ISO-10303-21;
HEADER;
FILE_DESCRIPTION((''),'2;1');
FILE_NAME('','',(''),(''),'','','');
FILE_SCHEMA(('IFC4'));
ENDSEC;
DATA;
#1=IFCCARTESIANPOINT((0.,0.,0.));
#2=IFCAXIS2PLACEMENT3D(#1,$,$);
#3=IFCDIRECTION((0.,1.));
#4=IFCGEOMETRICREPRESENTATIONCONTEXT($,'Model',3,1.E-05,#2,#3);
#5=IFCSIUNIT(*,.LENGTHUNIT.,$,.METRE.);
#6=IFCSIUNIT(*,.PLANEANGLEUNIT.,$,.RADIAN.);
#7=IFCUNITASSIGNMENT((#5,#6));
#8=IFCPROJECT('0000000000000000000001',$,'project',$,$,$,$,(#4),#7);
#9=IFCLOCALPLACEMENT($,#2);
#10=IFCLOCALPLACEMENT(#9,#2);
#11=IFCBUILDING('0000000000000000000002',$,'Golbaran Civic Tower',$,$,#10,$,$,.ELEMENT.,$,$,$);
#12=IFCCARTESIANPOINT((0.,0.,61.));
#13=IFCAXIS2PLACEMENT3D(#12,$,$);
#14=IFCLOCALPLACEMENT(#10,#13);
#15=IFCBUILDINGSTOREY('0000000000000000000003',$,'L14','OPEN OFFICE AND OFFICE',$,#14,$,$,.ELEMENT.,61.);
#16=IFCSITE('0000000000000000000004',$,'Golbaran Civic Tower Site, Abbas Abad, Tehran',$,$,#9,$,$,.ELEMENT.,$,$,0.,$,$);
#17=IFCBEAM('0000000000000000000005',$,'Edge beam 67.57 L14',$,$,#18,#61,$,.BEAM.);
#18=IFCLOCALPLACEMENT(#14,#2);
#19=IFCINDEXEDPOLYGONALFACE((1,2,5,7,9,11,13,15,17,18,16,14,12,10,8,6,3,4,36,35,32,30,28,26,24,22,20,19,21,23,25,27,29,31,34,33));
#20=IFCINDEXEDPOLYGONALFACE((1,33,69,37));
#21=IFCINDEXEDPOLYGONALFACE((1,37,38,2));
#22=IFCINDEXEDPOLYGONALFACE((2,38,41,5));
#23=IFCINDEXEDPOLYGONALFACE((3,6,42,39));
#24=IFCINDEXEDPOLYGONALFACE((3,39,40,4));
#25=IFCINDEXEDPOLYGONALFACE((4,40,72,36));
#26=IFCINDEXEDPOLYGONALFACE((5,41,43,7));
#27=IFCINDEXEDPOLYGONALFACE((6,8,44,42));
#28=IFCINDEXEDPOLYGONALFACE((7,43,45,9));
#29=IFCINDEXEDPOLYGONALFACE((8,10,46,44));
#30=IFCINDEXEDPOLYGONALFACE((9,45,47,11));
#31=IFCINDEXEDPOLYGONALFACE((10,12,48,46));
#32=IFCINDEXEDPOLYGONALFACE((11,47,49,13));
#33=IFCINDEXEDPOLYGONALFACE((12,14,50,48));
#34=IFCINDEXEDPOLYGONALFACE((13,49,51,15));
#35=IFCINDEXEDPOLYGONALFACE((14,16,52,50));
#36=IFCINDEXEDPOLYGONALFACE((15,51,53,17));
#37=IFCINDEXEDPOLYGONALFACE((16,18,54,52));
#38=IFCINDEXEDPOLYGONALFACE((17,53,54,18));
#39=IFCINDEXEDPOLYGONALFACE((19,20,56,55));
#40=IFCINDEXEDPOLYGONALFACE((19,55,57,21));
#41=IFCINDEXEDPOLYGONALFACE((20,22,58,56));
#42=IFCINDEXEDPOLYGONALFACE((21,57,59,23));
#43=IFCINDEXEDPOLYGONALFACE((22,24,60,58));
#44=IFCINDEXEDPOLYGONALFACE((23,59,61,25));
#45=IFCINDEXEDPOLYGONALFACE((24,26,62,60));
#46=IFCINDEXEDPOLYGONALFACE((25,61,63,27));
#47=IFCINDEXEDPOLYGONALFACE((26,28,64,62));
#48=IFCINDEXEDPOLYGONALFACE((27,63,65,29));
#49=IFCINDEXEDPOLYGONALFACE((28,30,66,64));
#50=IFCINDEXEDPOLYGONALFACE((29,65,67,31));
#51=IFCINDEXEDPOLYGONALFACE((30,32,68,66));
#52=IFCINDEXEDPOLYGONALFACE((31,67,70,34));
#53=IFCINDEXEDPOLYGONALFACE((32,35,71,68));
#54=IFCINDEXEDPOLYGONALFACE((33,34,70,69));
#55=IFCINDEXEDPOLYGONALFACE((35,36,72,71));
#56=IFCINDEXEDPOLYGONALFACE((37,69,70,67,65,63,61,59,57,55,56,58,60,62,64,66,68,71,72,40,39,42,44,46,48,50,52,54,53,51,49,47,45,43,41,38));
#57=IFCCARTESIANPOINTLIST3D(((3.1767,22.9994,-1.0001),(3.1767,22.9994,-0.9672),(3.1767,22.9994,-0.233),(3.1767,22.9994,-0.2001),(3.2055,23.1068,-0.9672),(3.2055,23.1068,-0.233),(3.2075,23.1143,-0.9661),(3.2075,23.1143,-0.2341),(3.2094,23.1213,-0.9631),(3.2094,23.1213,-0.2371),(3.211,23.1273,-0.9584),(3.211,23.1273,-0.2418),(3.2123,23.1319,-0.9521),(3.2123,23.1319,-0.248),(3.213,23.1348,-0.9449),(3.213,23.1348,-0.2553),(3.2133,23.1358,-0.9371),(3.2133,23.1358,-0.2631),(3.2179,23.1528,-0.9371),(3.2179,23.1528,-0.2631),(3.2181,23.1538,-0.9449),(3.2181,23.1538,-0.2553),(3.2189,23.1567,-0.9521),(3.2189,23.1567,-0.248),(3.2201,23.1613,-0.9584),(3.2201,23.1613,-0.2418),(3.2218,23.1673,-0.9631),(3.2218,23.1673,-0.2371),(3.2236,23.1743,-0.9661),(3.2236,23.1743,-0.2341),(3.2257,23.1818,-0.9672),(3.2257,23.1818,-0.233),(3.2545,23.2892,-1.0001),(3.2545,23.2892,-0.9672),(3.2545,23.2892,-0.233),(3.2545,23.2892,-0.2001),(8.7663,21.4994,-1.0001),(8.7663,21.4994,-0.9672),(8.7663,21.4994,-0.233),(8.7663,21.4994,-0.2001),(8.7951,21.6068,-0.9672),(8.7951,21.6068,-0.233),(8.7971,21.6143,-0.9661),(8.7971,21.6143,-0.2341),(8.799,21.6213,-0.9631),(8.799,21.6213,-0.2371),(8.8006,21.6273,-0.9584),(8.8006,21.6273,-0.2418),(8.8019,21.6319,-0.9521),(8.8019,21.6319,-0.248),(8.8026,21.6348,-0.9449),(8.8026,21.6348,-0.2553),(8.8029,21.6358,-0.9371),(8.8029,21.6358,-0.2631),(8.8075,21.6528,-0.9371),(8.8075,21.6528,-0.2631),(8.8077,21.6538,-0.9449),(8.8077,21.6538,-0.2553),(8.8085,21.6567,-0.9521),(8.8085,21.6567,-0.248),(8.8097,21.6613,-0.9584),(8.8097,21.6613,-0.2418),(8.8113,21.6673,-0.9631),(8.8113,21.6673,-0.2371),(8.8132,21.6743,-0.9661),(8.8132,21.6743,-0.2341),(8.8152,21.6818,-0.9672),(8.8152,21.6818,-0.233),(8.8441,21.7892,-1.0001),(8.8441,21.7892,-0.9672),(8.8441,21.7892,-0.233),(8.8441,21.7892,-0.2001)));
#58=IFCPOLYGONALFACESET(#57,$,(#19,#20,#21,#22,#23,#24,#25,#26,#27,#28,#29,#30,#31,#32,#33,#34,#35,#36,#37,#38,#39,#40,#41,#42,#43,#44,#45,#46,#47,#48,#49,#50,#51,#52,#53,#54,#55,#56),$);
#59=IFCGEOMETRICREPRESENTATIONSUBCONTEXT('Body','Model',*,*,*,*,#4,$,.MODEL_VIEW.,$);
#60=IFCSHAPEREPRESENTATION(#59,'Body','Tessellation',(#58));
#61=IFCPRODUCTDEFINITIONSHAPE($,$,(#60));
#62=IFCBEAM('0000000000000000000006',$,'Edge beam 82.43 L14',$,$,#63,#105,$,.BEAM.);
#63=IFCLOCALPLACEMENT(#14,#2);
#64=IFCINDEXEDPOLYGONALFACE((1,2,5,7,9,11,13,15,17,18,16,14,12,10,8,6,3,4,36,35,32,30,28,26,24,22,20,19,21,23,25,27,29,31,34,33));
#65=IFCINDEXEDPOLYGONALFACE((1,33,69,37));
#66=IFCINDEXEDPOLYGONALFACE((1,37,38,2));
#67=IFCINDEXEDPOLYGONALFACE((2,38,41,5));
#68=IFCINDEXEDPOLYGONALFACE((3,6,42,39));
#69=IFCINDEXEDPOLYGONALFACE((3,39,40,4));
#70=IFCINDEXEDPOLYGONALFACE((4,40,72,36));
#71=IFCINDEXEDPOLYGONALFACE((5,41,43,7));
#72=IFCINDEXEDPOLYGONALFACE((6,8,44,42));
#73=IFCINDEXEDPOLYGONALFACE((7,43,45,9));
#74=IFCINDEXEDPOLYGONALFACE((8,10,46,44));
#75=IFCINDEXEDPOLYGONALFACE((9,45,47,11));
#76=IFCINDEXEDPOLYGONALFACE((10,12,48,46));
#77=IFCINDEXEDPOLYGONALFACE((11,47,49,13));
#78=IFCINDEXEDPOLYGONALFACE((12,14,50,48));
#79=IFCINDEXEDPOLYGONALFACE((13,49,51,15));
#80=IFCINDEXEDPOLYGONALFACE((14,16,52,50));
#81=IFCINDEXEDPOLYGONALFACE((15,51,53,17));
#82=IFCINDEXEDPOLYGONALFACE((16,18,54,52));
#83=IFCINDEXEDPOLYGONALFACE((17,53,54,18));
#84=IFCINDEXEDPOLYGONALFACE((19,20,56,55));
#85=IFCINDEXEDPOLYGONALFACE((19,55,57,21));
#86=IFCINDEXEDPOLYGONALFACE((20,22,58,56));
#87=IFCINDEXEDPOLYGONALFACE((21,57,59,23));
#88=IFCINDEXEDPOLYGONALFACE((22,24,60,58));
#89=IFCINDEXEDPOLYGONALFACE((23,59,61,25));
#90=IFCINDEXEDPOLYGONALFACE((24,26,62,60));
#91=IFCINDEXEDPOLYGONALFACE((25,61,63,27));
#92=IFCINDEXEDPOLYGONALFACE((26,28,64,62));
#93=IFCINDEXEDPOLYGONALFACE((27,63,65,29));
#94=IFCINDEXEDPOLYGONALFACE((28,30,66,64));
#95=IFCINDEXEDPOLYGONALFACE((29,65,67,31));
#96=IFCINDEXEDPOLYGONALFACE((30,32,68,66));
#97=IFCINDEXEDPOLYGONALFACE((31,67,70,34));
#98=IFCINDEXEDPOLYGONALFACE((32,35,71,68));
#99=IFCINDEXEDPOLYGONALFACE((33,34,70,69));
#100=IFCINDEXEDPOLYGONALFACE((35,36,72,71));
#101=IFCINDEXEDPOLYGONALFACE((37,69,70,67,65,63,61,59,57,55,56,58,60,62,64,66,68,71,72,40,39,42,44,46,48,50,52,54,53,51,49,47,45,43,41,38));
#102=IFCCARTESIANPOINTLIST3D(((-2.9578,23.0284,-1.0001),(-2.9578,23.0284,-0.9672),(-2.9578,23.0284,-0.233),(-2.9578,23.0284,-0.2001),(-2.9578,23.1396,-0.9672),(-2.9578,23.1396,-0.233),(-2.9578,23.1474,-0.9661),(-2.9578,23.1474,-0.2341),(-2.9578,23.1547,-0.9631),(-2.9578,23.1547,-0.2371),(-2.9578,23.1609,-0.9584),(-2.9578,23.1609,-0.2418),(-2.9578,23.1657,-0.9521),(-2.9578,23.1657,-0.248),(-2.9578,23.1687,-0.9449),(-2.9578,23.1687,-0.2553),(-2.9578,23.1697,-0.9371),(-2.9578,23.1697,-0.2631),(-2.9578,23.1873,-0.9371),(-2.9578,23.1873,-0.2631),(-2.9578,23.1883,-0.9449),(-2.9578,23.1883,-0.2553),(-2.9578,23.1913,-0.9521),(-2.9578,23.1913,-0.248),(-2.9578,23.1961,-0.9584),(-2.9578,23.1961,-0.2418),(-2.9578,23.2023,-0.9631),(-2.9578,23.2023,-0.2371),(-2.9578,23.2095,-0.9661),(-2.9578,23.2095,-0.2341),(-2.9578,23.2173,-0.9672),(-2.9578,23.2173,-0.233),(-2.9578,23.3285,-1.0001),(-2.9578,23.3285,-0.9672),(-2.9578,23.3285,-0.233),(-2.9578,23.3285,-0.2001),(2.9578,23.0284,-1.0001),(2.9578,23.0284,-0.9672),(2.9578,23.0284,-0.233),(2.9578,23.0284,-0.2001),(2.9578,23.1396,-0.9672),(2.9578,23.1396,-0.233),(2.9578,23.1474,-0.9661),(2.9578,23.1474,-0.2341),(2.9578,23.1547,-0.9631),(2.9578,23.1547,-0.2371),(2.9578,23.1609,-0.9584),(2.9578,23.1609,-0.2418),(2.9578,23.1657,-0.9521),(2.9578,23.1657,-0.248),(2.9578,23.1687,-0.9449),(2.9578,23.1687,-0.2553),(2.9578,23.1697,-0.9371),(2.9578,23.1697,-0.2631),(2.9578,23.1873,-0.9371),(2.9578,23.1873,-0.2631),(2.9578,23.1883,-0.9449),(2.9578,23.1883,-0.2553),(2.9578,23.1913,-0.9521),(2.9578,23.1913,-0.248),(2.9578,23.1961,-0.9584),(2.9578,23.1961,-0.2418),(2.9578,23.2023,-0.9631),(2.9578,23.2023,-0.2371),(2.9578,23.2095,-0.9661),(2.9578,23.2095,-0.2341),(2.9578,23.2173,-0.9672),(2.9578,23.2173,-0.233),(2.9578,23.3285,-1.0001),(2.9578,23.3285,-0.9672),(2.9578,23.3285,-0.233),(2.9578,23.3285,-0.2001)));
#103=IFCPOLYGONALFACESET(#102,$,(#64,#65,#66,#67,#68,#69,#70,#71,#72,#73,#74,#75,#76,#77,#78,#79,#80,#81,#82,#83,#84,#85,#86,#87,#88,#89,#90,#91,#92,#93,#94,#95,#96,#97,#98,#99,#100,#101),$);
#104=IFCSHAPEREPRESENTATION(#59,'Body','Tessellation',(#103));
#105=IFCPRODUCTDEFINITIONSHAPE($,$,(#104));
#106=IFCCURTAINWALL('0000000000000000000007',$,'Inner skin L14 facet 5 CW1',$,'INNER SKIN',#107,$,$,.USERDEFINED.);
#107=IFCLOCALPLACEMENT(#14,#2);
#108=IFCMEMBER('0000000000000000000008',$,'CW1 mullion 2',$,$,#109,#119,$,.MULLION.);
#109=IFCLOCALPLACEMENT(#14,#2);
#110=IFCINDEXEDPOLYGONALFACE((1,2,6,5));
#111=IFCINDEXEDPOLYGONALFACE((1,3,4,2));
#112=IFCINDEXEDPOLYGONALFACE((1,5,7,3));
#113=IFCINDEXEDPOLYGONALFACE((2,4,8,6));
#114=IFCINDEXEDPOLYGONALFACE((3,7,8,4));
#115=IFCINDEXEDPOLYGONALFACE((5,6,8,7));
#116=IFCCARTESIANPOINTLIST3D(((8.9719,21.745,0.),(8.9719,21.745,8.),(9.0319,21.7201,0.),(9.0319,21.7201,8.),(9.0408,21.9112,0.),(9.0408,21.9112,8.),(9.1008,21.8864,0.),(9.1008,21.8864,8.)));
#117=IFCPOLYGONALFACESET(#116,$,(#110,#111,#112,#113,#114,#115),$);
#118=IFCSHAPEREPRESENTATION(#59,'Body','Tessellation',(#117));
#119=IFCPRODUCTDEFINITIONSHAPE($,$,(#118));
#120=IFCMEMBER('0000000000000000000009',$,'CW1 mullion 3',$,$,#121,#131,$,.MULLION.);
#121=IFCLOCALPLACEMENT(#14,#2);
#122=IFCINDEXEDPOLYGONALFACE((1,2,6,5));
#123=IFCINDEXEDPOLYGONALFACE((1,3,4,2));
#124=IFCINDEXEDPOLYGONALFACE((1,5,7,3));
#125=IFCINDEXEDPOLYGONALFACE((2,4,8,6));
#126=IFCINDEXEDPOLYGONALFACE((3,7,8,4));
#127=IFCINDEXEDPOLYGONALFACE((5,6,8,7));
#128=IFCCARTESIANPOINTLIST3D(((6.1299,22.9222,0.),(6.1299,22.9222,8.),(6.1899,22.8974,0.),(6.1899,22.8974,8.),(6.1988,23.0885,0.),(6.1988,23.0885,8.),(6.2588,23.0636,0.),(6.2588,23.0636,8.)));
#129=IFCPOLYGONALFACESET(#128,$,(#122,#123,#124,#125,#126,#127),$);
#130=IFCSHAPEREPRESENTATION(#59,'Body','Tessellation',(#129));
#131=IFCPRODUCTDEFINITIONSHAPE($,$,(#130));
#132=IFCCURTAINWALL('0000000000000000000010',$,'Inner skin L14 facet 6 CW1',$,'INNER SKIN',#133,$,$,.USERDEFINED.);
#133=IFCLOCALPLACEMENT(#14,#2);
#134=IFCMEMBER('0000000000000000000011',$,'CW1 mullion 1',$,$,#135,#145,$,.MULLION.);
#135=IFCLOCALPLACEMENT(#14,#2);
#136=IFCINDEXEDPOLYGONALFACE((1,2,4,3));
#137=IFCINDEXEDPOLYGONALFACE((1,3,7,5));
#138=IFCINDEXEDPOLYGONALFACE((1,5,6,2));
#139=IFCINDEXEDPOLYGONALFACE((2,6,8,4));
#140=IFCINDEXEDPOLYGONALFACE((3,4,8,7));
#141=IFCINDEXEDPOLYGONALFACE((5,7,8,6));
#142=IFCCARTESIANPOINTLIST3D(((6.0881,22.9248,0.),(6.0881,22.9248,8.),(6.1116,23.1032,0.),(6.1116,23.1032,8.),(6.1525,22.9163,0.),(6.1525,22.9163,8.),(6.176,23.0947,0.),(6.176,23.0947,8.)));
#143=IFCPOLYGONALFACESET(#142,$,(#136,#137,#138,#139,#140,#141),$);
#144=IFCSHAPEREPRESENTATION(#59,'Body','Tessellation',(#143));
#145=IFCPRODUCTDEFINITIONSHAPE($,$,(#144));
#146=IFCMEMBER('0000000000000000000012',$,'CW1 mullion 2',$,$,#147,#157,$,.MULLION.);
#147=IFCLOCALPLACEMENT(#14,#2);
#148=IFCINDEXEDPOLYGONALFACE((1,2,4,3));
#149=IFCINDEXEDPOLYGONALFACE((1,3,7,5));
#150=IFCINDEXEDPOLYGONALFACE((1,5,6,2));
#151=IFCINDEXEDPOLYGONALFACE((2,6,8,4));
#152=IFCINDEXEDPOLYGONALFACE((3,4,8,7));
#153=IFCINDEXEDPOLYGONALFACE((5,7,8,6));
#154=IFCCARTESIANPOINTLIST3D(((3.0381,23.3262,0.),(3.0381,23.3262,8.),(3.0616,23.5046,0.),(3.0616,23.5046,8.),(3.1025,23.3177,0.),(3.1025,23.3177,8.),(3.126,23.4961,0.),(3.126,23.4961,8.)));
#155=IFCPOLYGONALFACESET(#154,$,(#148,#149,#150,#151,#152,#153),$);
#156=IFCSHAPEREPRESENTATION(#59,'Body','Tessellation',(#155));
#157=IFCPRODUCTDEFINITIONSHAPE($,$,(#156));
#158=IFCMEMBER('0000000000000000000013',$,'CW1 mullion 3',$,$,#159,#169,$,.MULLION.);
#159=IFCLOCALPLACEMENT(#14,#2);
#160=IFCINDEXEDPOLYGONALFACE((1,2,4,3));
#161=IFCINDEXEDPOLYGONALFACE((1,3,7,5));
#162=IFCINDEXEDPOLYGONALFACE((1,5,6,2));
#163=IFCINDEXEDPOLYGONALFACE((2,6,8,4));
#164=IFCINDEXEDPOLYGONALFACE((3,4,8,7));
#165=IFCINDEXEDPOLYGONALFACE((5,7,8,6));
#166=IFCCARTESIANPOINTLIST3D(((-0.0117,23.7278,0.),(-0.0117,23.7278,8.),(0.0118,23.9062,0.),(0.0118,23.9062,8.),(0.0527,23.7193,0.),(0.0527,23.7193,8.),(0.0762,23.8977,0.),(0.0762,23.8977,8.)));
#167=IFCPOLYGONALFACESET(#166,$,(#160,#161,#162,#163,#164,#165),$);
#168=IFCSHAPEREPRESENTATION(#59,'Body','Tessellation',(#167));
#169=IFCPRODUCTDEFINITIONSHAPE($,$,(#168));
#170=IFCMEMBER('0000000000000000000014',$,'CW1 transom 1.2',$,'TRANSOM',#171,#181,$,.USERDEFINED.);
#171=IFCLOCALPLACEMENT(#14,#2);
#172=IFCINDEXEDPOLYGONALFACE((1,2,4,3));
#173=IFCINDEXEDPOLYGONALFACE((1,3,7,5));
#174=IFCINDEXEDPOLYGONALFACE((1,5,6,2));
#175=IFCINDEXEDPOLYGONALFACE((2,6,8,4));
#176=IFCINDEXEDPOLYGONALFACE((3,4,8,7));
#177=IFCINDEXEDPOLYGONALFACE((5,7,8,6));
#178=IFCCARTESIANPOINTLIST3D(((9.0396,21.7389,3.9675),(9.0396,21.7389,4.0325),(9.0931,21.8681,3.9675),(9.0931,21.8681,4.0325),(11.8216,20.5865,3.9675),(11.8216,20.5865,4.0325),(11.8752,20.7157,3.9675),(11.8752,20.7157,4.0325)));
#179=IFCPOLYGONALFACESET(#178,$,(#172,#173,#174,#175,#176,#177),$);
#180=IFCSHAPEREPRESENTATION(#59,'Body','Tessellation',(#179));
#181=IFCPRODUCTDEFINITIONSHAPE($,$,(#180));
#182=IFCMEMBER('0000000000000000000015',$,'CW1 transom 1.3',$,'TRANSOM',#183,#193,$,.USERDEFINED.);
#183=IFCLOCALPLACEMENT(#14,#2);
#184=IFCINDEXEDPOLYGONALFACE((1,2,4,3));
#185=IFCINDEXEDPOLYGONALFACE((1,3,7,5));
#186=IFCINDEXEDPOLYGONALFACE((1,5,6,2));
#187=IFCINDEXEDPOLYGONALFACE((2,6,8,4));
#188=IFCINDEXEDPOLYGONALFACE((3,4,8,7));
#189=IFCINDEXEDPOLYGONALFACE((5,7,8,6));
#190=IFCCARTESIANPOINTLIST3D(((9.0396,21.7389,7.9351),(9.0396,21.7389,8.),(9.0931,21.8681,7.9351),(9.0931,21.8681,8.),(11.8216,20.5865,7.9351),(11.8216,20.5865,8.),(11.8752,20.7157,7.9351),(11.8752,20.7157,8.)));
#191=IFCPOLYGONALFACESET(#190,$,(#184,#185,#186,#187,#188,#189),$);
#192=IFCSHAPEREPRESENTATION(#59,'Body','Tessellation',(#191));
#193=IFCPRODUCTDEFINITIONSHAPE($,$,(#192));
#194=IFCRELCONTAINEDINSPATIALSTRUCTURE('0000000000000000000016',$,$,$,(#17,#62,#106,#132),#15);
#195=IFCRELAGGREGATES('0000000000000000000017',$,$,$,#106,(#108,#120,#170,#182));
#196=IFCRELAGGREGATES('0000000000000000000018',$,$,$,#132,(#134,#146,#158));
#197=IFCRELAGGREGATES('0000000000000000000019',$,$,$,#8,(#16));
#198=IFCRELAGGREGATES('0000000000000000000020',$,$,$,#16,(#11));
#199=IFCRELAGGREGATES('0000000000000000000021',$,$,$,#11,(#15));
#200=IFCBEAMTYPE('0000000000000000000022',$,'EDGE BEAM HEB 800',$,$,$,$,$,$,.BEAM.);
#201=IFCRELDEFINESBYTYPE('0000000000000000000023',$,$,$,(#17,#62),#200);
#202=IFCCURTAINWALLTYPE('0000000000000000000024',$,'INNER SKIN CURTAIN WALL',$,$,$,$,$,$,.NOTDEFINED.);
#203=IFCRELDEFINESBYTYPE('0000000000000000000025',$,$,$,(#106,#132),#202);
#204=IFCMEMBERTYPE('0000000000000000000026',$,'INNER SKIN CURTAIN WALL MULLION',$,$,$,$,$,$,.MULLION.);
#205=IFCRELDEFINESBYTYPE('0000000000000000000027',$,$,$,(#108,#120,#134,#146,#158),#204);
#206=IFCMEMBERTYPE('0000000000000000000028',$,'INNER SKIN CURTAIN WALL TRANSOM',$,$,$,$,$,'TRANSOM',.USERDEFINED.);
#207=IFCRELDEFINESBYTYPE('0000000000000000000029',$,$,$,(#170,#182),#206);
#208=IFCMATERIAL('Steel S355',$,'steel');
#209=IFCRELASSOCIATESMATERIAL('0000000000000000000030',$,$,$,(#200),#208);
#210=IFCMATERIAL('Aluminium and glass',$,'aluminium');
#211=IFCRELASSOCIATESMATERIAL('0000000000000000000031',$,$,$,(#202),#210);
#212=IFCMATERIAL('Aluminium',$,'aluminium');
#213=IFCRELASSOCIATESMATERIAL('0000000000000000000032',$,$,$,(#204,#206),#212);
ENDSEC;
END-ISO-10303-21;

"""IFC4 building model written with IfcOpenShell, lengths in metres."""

from ifc_helpers import new_model, si_unit, direction, frame, origin, origin_2d, place, context, subcontext, project, spatial, rectangle, i_section, extrude, material, material_profile, profile_set, type_object, element, aggregate, save


model = new_model("IFC4")

# Units and contexts
model_context = context("Model", 3, precision=1e-05, world=origin(), true_north=direction((0.0, 1.0)))
body_context = subcontext(model_context, "Body", "Model", "MODEL_VIEW")
ifc_project = project(units=[si_unit("LENGTHUNIT", "METRE"), si_unit("PLANEANGLEUNIT", "RADIAN")], contexts=[model_context])

# Site, building, storey
site_placement = place(None, origin())
site = spatial("IfcSite", under=ifc_project, at=site_placement, Name="Golbaran Civic Tower Site, Abbas Abad, Tehran", CompositionType="ELEMENT", RefElevation=0.0)
building_placement = place(site_placement, origin())
building = spatial("IfcBuilding", under=site, at=building_placement, Name="Golbaran Civic Tower", CompositionType="ELEMENT")
storey_placement = place(building_placement, frame((0.0, 0.0, 61.0)))
storey = spatial("IfcBuildingStorey", under=building, at=storey_placement, Name="L14", Description="OPEN OFFICE AND OFFICE", CompositionType="ELEMENT", Elevation=61.0)

# Beams
ifc_material_1 = material(Name="Steel S355", Category="steel")
ifc_material_profile_1 = material_profile(ifc_material_1, i_section(OverallWidth=0.3, OverallDepth=0.8, WebThickness=0.0176, FlangeThickness=0.033, FilletRadius=0.03, at=origin_2d()), Name="HEB 800")
ifc_profile_set_1 = profile_set([ifc_material_profile_1], Name="Steel S355")
beam_type = type_object("IfcBeamType", Name="EDGE BEAM HEB 800", PredefinedType="BEAM", material=ifc_profile_set_1)
beam_1_placement = place(storey_placement, frame((8.8052, 21.6443, -0.6001), z_axis=(-0.965828, 0.259185, 0.0), x_axis=(-0.259185, -0.965828, 0.0)))
element("IfcBeam", 1, at=beam_1_placement, inside=storey, type_object=beam_type, Name="Edge beam 67.57 L14", PredefinedType="BEAM", context=body_context, shape_type="SweptSolid", body=[
    extrude(i_section(OverallWidth=0.3, OverallDepth=0.8, WebThickness=0.0176, FlangeThickness=0.033, FilletRadius=0.03, at=origin_2d()), origin(), (0.0, 0.0, 1.0), 5.7874),
])
beam_2_placement = place(storey_placement, frame((2.9578, 23.1785, -0.6001), z_axis=(-1.0, 0.0, 0.0), x_axis=(0.0, -1.0, 0.0)))
element("IfcBeam", 2, at=beam_2_placement, inside=storey, type_object=beam_type, Name="Edge beam 82.43 L14", PredefinedType="BEAM", context=body_context, shape_type="SweptSolid", body=[
    extrude(i_section(OverallWidth=0.3, OverallDepth=0.8, WebThickness=0.0176, FlangeThickness=0.033, FilletRadius=0.03, at=origin_2d()), origin(), (0.0, 0.0, 1.0), 5.9155),
])

# Curtain walls, members
ifc_material_2 = material(Name="Aluminium and glass", Category="aluminium")
curtain_wall_type = type_object("IfcCurtainWallType", Name="INNER SKIN CURTAIN WALL", PredefinedType="NOTDEFINED", material=ifc_material_2)
curtain_wall_1_placement = place(storey_placement, origin())
curtain_wall_1 = element("IfcCurtainWall", 3, at=curtain_wall_1_placement, inside=storey, type_object=curtain_wall_type, Name="Inner skin L14 facet 5 CW1", ObjectType="INNER SKIN", PredefinedType="USERDEFINED")
ifc_material_3 = material(Name="Aluminium", Category="aluminium")
ifc_material_profile_2 = material_profile(ifc_material_3, rectangle(XDim=0.1799, YDim=0.0649, at=origin_2d()), Name="INNER SKIN CURTAIN WALL MULLION")
ifc_profile_set_2 = profile_set([ifc_material_profile_2], Name="Aluminium")
member_type_1 = type_object("IfcMemberType", Name="INNER SKIN CURTAIN WALL MULLION", PredefinedType="MULLION", material=ifc_profile_set_2)
member_1_placement = place(storey_placement, frame((9.0364, 21.8157, 0.0), z_axis=(0.0, 0.0, 1.0), x_axis=(-0.382683, -0.92388, 0.0)))
member_1 = element("IfcMember", 4, at=member_1_placement, type_object=member_type_1, Name="CW1 mullion 2", PredefinedType="MULLION", context=body_context, shape_type="SweptSolid", body=[
    extrude(rectangle(XDim=0.1799, YDim=0.0649, at=origin_2d()), origin(), (0.0, 0.0, 1.0), 8.0),
])
member_2_placement = place(storey_placement, frame((6.1943, 22.9929, 0.0), z_axis=(0.0, 0.0, 1.0), x_axis=(-0.382683, -0.92388, 0.0)))
member_2 = element("IfcMember", 5, at=member_2_placement, type_object=member_type_1, Name="CW1 mullion 3", PredefinedType="MULLION", context=body_context, shape_type="SweptSolid", body=[
    extrude(rectangle(XDim=0.1799, YDim=0.0649, at=origin_2d()), origin(), (0.0, 0.0, 1.0), 8.0),
])
curtain_wall_2_placement = place(storey_placement, origin())
curtain_wall_2 = element("IfcCurtainWall", 6, at=curtain_wall_2_placement, inside=storey, type_object=curtain_wall_type, Name="Inner skin L14 facet 6 CW1", ObjectType="INNER SKIN", PredefinedType="USERDEFINED")
member_3_placement = place(storey_placement, frame((6.1321, 23.0098, 0.0), z_axis=(0.0, 0.0, 1.0), x_axis=(-0.130526, -0.991445, 0.0)))
member_3 = element("IfcMember", 7, at=member_3_placement, type_object=member_type_1, Name="CW1 mullion 1", PredefinedType="MULLION", context=body_context, shape_type="SweptSolid", body=[
    extrude(rectangle(XDim=0.1799, YDim=0.0649, at=origin_2d()), origin(), (0.0, 0.0, 1.0), 8.0),
])
member_4_placement = place(storey_placement, frame((3.082, 23.4111, 0.0), z_axis=(0.0, 0.0, 1.0), x_axis=(-0.130526, -0.991445, 0.0)))
member_4 = element("IfcMember", 8, at=member_4_placement, type_object=member_type_1, Name="CW1 mullion 2", PredefinedType="MULLION", context=body_context, shape_type="SweptSolid", body=[
    extrude(rectangle(XDim=0.1799, YDim=0.0649, at=origin_2d()), origin(), (0.0, 0.0, 1.0), 8.0),
])
member_5_placement = place(storey_placement, frame((0.0322, 23.8127, 0.0), z_axis=(0.0, 0.0, 1.0), x_axis=(-0.130526, -0.991445, 0.0)))
member_5 = element("IfcMember", 9, at=member_5_placement, type_object=member_type_1, Name="CW1 mullion 3", PredefinedType="MULLION", context=body_context, shape_type="SweptSolid", body=[
    extrude(rectangle(XDim=0.1799, YDim=0.0649, at=origin_2d()), origin(), (0.0, 0.0, 1.0), 8.0),
])

# Members
ifc_material_profile_3 = material_profile(ifc_material_3, rectangle(XDim=0.1399, YDim=0.0649, at=origin_2d()), Name="INNER SKIN CURTAIN WALL TRANSOM")
ifc_profile_set_3 = profile_set([ifc_material_profile_3], Name="Aluminium")
member_type_2 = type_object("IfcMemberType", Name="INNER SKIN CURTAIN WALL TRANSOM", ElementType="TRANSOM", PredefinedType="USERDEFINED", material=ifc_profile_set_3)
member_6_placement = place(storey_placement, frame((11.8484, 20.6511, 4.0), z_axis=(-0.923878, 0.382686, 0.0), x_axis=(-0.382686, -0.923878, 0.0)))
member_6 = element("IfcMember", 10, at=member_6_placement, type_object=member_type_2, Name="CW1 transom 1.2", ObjectType="TRANSOM", PredefinedType="USERDEFINED", context=body_context, shape_type="SweptSolid", body=[
    extrude(rectangle(XDim=0.1399, YDim=0.0649, at=origin_2d()), origin(), (0.0, 0.0, 1.0), 3.0112),
])
member_7_placement = place(storey_placement, frame((11.8484, 20.6511, 7.9675), z_axis=(-0.923878, 0.382686, 0.0), x_axis=(-0.382686, -0.923878, 0.0)))
member_7 = element("IfcMember", 11, at=member_7_placement, type_object=member_type_2, Name="CW1 transom 1.3", ObjectType="TRANSOM", PredefinedType="USERDEFINED", context=body_context, shape_type="SweptSolid", body=[
    extrude(rectangle(XDim=0.1399, YDim=0.0649, at=origin_2d()), origin(), (0.0, 0.0, 1.0), 3.0112),
])

aggregate(curtain_wall_1, [member_1, member_2, member_6, member_7])
aggregate(curtain_wall_2, [member_3, member_4, member_5])

save(model, "model.ifc")
